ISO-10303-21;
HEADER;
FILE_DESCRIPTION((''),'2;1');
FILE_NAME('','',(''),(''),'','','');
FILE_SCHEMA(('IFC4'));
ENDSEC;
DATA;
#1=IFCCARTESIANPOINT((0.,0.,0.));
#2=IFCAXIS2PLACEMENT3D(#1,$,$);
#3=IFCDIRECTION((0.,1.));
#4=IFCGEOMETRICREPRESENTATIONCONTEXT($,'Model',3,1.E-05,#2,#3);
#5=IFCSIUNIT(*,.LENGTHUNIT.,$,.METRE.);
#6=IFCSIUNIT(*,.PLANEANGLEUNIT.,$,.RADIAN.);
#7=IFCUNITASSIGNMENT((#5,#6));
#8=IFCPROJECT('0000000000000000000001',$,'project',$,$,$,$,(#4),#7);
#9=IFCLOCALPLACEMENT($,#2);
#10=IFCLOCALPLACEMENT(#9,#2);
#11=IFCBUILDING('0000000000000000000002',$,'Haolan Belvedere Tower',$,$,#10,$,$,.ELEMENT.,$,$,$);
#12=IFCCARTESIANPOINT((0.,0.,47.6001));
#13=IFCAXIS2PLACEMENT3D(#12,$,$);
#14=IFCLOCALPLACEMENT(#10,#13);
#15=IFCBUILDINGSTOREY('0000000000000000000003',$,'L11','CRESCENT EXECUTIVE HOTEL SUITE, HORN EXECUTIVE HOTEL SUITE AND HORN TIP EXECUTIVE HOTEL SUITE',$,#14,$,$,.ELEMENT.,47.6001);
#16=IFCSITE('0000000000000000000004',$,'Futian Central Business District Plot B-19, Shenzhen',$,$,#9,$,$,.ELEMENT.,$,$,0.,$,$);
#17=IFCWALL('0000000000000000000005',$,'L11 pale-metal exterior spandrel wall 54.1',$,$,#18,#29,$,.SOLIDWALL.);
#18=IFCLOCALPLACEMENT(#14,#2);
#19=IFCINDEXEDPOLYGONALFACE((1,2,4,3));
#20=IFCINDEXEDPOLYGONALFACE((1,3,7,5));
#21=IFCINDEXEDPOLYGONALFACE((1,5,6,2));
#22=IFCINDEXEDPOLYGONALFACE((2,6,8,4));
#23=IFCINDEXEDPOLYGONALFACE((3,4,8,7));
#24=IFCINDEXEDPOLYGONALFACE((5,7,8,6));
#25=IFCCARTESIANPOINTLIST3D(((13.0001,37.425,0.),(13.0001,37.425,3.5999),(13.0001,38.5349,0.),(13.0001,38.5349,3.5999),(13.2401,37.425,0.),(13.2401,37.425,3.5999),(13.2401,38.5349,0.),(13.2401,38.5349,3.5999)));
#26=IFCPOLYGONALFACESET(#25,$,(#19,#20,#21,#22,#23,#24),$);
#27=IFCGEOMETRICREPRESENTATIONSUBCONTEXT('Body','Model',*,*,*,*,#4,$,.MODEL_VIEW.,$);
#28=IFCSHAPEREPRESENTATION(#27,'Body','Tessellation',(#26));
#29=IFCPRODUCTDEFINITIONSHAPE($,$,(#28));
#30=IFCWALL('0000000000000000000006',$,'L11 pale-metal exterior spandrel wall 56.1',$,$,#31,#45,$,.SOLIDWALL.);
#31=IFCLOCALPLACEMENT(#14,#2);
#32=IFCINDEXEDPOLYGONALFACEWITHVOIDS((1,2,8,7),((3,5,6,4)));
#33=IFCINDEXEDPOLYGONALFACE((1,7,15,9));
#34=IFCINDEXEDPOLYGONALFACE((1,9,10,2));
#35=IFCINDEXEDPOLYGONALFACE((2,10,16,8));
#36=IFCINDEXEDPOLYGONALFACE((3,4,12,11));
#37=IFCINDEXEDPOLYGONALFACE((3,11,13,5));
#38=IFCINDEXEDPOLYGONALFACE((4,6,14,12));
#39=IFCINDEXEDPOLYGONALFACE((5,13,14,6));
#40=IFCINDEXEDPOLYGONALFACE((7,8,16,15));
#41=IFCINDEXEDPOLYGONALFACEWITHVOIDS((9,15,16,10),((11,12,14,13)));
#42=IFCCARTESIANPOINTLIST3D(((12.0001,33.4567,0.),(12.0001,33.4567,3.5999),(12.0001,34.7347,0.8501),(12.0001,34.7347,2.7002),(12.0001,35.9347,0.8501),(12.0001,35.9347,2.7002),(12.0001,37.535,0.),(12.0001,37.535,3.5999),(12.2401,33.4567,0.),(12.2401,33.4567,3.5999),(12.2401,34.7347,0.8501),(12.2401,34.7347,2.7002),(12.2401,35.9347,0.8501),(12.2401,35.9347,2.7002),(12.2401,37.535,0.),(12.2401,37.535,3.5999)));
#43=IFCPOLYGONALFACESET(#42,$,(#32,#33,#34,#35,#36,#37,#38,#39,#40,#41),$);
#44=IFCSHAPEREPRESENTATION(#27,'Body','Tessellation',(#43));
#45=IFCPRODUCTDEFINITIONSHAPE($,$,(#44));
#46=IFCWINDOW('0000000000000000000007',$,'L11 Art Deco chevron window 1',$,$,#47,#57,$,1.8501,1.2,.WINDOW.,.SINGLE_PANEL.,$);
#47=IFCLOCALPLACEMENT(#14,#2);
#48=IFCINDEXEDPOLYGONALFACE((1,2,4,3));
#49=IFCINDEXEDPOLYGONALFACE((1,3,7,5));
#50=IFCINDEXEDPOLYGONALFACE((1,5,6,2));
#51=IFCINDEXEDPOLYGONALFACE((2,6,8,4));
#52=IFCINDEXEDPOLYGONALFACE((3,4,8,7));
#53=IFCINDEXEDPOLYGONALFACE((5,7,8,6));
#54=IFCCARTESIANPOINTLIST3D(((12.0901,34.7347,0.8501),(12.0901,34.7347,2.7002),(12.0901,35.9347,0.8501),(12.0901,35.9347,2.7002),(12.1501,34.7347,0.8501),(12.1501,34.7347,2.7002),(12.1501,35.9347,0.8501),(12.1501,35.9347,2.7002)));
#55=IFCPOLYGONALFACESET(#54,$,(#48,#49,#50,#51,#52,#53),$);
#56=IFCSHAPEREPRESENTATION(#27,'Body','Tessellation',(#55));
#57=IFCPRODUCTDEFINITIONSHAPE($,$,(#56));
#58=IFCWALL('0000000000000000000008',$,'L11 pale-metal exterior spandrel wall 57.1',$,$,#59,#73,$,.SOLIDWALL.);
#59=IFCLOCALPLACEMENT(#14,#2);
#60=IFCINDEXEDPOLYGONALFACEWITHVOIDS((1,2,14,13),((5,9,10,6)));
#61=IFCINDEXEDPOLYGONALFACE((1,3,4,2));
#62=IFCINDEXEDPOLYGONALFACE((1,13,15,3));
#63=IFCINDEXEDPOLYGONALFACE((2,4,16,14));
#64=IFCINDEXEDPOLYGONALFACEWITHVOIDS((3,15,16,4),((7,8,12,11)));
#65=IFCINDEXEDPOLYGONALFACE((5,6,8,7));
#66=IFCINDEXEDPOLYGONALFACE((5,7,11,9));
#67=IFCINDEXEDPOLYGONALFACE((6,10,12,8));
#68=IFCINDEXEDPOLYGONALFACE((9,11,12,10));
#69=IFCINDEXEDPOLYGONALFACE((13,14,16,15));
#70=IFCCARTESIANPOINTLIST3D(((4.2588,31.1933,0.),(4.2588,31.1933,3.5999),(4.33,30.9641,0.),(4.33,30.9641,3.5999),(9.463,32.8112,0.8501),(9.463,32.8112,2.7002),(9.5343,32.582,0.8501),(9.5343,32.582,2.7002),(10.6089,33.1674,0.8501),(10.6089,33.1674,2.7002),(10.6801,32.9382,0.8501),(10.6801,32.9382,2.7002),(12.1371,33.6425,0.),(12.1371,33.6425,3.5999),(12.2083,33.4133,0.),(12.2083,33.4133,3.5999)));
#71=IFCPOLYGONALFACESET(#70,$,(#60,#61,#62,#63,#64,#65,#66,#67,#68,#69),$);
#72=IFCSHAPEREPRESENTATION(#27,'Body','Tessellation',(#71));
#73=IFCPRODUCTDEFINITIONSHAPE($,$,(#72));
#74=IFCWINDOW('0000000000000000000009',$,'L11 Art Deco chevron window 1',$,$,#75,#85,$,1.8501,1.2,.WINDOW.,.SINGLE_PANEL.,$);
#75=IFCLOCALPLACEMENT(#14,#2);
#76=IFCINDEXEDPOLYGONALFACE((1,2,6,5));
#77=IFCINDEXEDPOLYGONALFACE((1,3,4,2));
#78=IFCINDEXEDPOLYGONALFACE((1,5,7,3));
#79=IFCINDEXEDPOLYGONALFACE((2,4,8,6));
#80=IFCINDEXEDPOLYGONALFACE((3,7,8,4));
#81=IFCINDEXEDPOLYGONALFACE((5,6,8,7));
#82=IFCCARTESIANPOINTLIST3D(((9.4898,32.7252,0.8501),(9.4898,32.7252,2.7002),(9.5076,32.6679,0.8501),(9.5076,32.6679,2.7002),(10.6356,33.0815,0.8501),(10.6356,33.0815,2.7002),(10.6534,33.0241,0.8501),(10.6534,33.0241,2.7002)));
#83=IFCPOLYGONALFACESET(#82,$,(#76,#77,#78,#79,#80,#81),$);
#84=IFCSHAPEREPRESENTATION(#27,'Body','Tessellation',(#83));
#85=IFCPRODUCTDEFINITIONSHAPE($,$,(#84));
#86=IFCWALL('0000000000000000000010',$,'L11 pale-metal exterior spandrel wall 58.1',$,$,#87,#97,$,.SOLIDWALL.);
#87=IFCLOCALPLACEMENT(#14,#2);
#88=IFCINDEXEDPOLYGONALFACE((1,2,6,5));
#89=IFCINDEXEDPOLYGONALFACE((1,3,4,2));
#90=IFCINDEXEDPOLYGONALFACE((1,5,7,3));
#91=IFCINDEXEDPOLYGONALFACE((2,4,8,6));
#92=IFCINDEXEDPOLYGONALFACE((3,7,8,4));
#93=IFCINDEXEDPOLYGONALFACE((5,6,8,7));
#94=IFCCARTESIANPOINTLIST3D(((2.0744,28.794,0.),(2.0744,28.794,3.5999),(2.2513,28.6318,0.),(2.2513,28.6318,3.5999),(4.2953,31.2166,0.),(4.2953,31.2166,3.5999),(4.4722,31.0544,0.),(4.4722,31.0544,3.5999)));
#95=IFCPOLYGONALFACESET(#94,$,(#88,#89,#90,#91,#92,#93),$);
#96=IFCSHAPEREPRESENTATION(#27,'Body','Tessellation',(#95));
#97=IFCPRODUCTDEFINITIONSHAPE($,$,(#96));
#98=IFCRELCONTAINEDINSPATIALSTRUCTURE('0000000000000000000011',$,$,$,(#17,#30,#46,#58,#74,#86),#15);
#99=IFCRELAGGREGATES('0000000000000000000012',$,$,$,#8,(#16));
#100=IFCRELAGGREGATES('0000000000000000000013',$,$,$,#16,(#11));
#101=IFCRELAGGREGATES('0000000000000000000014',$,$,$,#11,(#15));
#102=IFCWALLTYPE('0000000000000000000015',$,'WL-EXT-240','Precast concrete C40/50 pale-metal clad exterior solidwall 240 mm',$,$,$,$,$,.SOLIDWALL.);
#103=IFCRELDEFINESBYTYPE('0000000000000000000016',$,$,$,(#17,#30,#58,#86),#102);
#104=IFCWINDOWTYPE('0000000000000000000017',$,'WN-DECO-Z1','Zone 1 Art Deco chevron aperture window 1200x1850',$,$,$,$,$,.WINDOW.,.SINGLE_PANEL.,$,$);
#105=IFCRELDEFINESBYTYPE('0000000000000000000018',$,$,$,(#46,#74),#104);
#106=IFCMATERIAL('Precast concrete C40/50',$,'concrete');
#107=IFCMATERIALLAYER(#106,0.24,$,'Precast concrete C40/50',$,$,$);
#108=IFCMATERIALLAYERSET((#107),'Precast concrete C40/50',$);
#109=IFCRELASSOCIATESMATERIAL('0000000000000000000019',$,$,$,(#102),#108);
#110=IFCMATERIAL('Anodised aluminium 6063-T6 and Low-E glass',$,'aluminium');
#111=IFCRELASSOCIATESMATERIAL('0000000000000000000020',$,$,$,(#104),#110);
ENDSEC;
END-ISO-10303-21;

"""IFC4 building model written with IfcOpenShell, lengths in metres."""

from ifc_helpers import new_model, si_unit, direction, frame, frame_2d, origin, place, context, subcontext, project, spatial, rectangle, extrude, material, layer, layer_set, type_object, element, fill, save


model = new_model("IFC4")

# Units and contexts
model_context = context("Model", 3, precision=1e-05, world=origin(), true_north=direction((0.0, 1.0)))
body_context = subcontext(model_context, "Body", "Model", "MODEL_VIEW")
ifc_project = project(units=[si_unit("LENGTHUNIT", "METRE"), si_unit("PLANEANGLEUNIT", "RADIAN")], contexts=[model_context])

# Site, building, storey
site_placement = place(None, origin())
site = spatial("IfcSite", under=ifc_project, at=site_placement, Name="Futian Central Business District Plot B-19, Shenzhen", CompositionType="ELEMENT", RefElevation=0.0)
building_placement = place(site_placement, origin())
building = spatial("IfcBuilding", under=site, at=building_placement, Name="Haolan Belvedere Tower", CompositionType="ELEMENT")
storey_placement = place(building_placement, frame((0.0, 0.0, 47.6001)))
storey = spatial("IfcBuildingStorey", under=building, at=storey_placement, Name="L11", Description="CRESCENT EXECUTIVE HOTEL SUITE, HORN EXECUTIVE HOTEL SUITE AND HORN TIP EXECUTIVE HOTEL SUITE", CompositionType="ELEMENT", Elevation=47.6001)

# Wall
ifc_material_1 = material(Name="Precast concrete C40/50", Category="concrete")
ifc_layer_1 = layer(ifc_material_1, 0.24, Name="Precast concrete C40/50")
ifc_layer_set_1 = layer_set([ifc_layer_1], Name="Precast concrete C40/50")
wall_type_1 = type_object("IfcWallType", Name="WL-EXT-240", Description="Precast concrete C40/50 pale-metal clad exterior solidwall 240 mm", PredefinedType="SOLIDWALL", material=ifc_layer_set_1)
wall_1_placement = place(storey_placement, frame((13.1201, 38.5349, 0.0), z_axis=(0.0, 0.0, 1.0), x_axis=(0.0, -1.0, 0.0)))
element("IfcWall", 1, at=wall_1_placement, inside=storey, type_object=wall_type_1, Name="L11 pale-metal exterior spandrel wall 54.1", PredefinedType="SOLIDWALL", context=body_context, shape_type="SweptSolid", body=[
    extrude(rectangle(XDim=1.1099, YDim=0.24, at=frame_2d((0.5549, 0.0))), origin(), (0.0, 0.0, 1.0), 3.5999),
])

# Walls, openings, windows
wall_2_placement = place(storey_placement, frame((12.1201, 37.5349, 0.0), z_axis=(0.0, 0.0, 1.0), x_axis=(0.0, -1.0, 0.0)))
wall_2 = element("IfcWall", 2, at=wall_2_placement, inside=storey, type_object=wall_type_1, Name="L11 pale-metal exterior spandrel wall 56.1", PredefinedType="SOLIDWALL", context=body_context, shape_type="SweptSolid", body=[
    extrude(rectangle(XDim=4.0784, YDim=0.24, at=frame_2d((2.0391, 0.0))), origin(), (0.0, 0.0, 1.0), 3.5999),
])
opening_1_placement = place(wall_2_placement, frame((1.6001, 0.0, 0.8501)))
opening_1 = element("IfcOpeningElement", 3, at=opening_1_placement, cuts=wall_2, PredefinedType="OPENING", context=body_context, shape_type="SweptSolid", body=[
    extrude(rectangle(XDim=1.2, YDim=1.8501, at=frame_2d((0.6001, 0.925))), frame((0.0, 0.1299, 0.0), z_axis=(0.0, -1.0, 0.0), x_axis=(1.0, 0.0, 0.0)), (0.0, 0.0, 1.0), 0.26),
])
ifc_material_2 = material(Name="Anodised aluminium 6063-T6 and Low-E glass", Category="aluminium")
window_type = type_object("IfcWindowType", Name="WN-DECO-Z1", Description="Zone 1 Art Deco chevron aperture window 1200x1850", PartitioningType="SINGLE_PANEL", PredefinedType="WINDOW", material=ifc_material_2)
window_1_placement = place(opening_1_placement, origin())
window_1 = element("IfcWindow", 4, at=window_1_placement, inside=storey, type_object=window_type, Name="L11 Art Deco chevron window 1", OverallHeight=1.8501, OverallWidth=1.2, PartitioningType="SINGLE_PANEL", PredefinedType="WINDOW", context=body_context, shape_type="SweptSolid", body=[
    extrude(rectangle(XDim=1.2, YDim=1.8501, at=frame_2d((0.6001, 0.925))), frame((0.0, 0.03, 0.0), z_axis=(0.0, -1.0, 0.0), x_axis=(1.0, 0.0, 0.0)), (0.0, 0.0, 1.0), 0.0601),
])
fill(opening_1, window_1)
wall_3_placement = place(storey_placement, frame((12.1726, 33.5278, 0.0), z_axis=(0.0, 0.0, 1.0), x_axis=(-0.95492, -0.296863, 0.0)))
wall_3 = element("IfcWall", 5, at=wall_3_placement, inside=storey, type_object=wall_type_1, Name="L11 pale-metal exterior spandrel wall 57.1", PredefinedType="SOLIDWALL", context=body_context, shape_type="SweptSolid", body=[
    extrude(rectangle(XDim=8.2502, YDim=0.24, at=frame_2d((4.125, 0.0))), origin(), (0.0, 0.0, 1.0), 3.5999),
])
opening_2_placement = place(wall_3_placement, frame((1.6001, 0.0, 0.8501)))
opening_2 = element("IfcOpeningElement", 6, at=opening_2_placement, cuts=wall_3, PredefinedType="OPENING", context=body_context, shape_type="SweptSolid", body=[
    extrude(rectangle(XDim=1.2, YDim=1.8501, at=frame_2d((0.6001, 0.925))), frame((0.0, 0.1299, 0.0), z_axis=(0.0, -1.0, 0.0), x_axis=(1.0, 0.0, 0.0)), (0.0, 0.0, 1.0), 0.26),
])
window_2_placement = place(opening_2_placement, origin())
window_2 = element("IfcWindow", 7, at=window_2_placement, inside=storey, type_object=window_type, Name="L11 Art Deco chevron window 1", OverallHeight=1.8501, OverallWidth=1.2, PartitioningType="SINGLE_PANEL", PredefinedType="WINDOW", context=body_context, shape_type="SweptSolid", body=[
    extrude(rectangle(XDim=1.2, YDim=1.8501, at=frame_2d((0.6001, 0.925))), frame((0.0, 0.03, 0.0), z_axis=(0.0, -1.0, 0.0), x_axis=(1.0, 0.0, 0.0)), (0.0, 0.0, 1.0), 0.0601),
])
fill(opening_2, window_2)

# Wall
wall_4_placement = place(storey_placement, frame((4.3838, 31.1355, 0.0), z_axis=(0.0, 0.0, 1.0), x_axis=(-0.675762, -0.73712, 0.0)))
element("IfcWall", 8, at=wall_4_placement, inside=storey, type_object=wall_type_1, Name="L11 pale-metal exterior spandrel wall 58.1", PredefinedType="SOLIDWALL", context=body_context, shape_type="SweptSolid", body=[
    extrude(rectangle(XDim=3.2866, YDim=0.24, at=frame_2d((1.6433, 0.0))), origin(), (0.0, 0.0, 1.0), 3.5999),
])

save(model, "model.ifc")
